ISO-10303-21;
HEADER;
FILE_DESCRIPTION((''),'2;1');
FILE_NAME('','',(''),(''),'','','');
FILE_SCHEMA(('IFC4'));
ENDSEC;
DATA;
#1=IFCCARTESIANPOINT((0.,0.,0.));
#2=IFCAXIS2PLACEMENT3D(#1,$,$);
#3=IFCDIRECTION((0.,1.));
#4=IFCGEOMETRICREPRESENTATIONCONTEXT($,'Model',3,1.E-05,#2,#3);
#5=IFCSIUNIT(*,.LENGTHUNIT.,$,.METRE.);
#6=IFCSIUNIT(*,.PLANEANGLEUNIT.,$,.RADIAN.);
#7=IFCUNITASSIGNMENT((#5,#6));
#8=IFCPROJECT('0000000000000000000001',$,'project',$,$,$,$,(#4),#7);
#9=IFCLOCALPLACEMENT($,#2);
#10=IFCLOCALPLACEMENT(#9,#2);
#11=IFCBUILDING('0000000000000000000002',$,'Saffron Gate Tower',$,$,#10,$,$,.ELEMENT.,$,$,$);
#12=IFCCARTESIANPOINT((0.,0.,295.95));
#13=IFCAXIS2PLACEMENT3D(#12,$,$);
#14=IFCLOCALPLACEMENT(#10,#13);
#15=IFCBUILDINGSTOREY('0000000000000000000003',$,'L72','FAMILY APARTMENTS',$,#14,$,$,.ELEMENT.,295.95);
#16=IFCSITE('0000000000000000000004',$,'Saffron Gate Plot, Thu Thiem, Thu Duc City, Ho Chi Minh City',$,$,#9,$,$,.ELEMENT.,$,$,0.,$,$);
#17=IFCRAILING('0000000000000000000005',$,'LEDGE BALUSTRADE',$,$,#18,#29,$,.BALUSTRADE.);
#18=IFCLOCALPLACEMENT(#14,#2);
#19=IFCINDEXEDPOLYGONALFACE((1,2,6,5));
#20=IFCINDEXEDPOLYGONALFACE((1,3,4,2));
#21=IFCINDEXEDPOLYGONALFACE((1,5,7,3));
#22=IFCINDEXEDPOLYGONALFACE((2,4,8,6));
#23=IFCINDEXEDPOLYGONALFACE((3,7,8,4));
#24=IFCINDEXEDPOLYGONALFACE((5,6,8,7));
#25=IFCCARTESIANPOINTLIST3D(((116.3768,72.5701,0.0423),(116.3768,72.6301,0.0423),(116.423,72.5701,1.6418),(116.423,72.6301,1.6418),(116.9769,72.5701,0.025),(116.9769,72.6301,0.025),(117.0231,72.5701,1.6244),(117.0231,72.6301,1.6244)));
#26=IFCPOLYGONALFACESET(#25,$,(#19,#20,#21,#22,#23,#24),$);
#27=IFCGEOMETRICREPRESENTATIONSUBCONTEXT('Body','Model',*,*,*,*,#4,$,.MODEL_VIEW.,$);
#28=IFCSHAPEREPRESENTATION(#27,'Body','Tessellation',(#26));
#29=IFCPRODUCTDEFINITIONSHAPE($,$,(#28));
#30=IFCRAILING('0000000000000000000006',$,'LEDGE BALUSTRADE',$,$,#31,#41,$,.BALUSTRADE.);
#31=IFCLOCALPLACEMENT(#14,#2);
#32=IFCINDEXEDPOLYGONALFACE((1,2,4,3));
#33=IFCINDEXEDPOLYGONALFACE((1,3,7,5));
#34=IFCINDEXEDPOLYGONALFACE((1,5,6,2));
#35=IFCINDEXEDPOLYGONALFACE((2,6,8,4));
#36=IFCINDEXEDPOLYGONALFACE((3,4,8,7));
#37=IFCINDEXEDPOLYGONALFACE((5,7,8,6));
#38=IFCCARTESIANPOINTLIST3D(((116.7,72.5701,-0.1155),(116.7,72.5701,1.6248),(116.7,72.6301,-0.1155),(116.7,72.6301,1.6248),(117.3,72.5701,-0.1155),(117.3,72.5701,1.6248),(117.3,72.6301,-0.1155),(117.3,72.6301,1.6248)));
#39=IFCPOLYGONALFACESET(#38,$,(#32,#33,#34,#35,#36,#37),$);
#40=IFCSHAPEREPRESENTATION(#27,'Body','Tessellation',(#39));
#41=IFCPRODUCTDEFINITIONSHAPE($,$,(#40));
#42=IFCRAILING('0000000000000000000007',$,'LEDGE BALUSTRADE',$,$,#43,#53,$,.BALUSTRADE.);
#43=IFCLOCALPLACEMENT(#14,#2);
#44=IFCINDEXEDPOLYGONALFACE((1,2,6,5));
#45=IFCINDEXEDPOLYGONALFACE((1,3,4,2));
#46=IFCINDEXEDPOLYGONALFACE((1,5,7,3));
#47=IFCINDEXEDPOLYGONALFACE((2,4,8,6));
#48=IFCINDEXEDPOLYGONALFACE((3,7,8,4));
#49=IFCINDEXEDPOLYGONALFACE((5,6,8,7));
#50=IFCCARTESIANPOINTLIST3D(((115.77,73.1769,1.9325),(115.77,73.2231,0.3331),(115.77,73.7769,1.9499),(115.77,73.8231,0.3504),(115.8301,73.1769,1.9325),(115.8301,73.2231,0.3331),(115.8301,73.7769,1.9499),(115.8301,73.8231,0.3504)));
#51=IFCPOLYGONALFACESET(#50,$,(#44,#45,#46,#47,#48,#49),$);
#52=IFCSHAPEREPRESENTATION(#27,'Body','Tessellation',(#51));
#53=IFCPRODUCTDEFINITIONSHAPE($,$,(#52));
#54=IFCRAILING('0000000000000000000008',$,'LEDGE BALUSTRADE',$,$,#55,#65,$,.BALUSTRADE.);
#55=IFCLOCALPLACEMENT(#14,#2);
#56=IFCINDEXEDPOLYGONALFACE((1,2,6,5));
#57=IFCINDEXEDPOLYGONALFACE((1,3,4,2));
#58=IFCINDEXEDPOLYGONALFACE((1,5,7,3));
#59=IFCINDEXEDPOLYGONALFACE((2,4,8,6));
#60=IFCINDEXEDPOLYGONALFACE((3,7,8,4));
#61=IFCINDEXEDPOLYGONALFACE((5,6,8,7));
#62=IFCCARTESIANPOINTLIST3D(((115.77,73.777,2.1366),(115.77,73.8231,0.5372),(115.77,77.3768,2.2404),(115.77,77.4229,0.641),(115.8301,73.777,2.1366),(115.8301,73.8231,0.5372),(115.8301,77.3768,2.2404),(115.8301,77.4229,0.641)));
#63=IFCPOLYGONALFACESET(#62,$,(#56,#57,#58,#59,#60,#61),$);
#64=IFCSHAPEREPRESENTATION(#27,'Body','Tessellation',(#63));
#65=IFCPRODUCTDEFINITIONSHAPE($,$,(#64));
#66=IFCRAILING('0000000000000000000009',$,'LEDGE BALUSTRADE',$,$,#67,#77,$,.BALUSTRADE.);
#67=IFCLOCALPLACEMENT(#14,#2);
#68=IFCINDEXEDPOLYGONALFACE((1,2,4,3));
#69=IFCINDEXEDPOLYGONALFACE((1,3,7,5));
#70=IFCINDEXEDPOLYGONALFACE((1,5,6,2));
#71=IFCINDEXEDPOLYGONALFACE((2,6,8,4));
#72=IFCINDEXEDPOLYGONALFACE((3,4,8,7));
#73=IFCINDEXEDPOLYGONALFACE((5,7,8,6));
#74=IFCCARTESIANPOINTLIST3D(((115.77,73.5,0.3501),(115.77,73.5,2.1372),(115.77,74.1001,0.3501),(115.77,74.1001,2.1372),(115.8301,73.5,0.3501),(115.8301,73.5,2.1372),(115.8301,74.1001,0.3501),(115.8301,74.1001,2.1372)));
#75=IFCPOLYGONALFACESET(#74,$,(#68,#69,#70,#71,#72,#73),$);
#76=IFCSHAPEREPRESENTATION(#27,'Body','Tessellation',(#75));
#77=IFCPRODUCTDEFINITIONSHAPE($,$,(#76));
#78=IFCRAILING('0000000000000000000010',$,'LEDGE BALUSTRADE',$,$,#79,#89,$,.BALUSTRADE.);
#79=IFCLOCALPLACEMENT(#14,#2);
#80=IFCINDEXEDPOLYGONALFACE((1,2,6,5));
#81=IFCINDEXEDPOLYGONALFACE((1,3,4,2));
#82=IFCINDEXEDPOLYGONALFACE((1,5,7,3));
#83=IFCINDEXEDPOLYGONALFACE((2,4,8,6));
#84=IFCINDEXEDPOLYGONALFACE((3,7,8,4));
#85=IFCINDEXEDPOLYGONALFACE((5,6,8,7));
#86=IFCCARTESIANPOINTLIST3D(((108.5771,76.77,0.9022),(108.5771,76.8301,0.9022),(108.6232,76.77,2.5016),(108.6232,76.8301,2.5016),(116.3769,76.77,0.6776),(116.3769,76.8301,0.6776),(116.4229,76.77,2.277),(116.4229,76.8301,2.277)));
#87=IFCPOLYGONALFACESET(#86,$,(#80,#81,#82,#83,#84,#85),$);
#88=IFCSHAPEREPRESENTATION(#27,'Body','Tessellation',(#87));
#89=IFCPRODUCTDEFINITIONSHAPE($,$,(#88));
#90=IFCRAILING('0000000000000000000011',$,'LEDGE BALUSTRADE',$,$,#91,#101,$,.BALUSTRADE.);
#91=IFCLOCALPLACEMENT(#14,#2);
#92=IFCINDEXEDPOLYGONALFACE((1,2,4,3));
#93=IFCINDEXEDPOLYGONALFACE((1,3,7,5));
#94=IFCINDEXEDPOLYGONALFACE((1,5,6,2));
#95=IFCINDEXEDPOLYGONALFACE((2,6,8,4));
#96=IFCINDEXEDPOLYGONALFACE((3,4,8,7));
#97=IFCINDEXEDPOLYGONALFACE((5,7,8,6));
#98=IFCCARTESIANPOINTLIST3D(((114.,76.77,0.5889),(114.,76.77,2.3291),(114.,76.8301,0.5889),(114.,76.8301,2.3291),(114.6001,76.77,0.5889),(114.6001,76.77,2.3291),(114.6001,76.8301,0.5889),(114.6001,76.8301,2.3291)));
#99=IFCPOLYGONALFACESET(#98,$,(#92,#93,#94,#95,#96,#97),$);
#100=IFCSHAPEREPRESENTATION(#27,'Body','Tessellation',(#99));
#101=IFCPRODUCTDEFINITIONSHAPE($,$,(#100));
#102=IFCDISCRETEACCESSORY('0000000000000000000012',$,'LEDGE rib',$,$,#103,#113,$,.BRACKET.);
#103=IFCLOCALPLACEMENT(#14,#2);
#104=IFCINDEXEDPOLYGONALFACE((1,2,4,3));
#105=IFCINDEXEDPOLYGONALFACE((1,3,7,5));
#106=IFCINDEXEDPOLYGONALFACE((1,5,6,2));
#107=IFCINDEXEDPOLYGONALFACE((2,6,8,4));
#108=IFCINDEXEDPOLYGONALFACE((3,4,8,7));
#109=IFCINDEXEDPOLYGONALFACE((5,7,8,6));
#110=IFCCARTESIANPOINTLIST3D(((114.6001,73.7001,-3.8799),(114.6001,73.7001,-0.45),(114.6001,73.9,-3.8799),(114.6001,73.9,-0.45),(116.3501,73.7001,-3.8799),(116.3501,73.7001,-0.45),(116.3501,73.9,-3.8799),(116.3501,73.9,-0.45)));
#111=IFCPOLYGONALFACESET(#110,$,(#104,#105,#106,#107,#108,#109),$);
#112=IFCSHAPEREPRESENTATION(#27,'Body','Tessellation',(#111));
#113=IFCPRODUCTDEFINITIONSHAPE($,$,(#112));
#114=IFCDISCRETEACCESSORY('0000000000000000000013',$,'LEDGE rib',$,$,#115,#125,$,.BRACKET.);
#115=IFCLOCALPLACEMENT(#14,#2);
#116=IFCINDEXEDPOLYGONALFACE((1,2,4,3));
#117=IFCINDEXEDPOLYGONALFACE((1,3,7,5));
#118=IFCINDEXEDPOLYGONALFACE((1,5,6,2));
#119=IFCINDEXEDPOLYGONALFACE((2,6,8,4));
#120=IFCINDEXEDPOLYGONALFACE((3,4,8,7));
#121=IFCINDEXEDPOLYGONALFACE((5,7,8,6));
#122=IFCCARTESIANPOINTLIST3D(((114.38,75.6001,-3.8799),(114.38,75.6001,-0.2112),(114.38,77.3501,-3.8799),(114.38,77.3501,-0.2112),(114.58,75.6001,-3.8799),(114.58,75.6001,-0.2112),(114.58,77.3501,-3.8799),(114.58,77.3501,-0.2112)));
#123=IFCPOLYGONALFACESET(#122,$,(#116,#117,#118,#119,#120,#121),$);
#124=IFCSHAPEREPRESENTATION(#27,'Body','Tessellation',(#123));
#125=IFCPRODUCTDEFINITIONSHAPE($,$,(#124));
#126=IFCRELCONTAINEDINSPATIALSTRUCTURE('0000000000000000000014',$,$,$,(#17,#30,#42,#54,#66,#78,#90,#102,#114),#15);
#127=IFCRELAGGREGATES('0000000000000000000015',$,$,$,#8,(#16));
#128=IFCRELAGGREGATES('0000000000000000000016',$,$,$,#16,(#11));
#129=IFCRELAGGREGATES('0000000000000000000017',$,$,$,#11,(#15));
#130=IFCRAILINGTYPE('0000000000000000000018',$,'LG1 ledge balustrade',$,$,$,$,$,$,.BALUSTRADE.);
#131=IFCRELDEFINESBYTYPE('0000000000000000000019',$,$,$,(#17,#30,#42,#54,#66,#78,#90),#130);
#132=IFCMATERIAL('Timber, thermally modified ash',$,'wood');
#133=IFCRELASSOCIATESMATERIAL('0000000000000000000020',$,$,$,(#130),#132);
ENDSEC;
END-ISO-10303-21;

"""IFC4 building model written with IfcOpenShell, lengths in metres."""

from ifc_helpers import new_model, si_unit, direction, frame, origin, origin_2d, place, context, subcontext, project, spatial, rectangle, extrude, material, type_object, element, save


model = new_model("IFC4")

# Units and contexts
model_context = context("Model", 3, precision=1e-05, world=origin(), true_north=direction((0.0, 1.0)))
body_context = subcontext(model_context, "Body", "Model", "MODEL_VIEW")
ifc_project = project(units=[si_unit("LENGTHUNIT", "METRE"), si_unit("PLANEANGLEUNIT", "RADIAN")], contexts=[model_context])

# Site, building, storey
site_placement = place(None, origin())
site = spatial("IfcSite", under=ifc_project, at=site_placement, Name="Saffron Gate Plot, Thu Thiem, Thu Duc City, Ho Chi Minh City", CompositionType="ELEMENT", RefElevation=0.0)
building_placement = place(site_placement, origin())
building = spatial("IfcBuilding", under=site, at=building_placement, Name="Saffron Gate Tower", CompositionType="ELEMENT")
storey_placement = place(building_placement, frame((0.0, 0.0, 295.95)))
storey = spatial("IfcBuildingStorey", under=building, at=storey_placement, Name="L72", Description="FAMILY APARTMENTS", CompositionType="ELEMENT", Elevation=295.95)

# Shared definitions
ifc_material_1 = material(Name="Timber, thermally modified ash", Category="wood")

# Railings
railing_type = type_object("IfcRailingType", Name="LG1 ledge balustrade", PredefinedType="BALUSTRADE", material=ifc_material_1)
railing_1_placement = place(storey_placement, frame((117.0, 72.6001, 0.0247)))
element("IfcRailing", 1, at=railing_1_placement, inside=storey, type_object=railing_type, Name="LEDGE BALUSTRADE", PredefinedType="BALUSTRADE", context=body_context, shape_type="SweptSolid", body=[
    extrude(rectangle(XDim=0.0601, YDim=1.6001, at=origin_2d()), frame((0.0, 0.0, 0.8), z_axis=(-0.999583, 0.0, 0.028873), x_axis=(0.0, -1.0, 0.0)), (0.0, 0.0, 1.0), 0.6003),
])
railing_2_placement = place(storey_placement, frame((117.3, 72.6001, -0.1155)))
element("IfcRailing", 2, at=railing_2_placement, inside=storey, type_object=railing_type, Name="LEDGE BALUSTRADE", PredefinedType="BALUSTRADE", context=body_context, shape_type="SweptSolid", body=[
    extrude(rectangle(XDim=0.0601, YDim=1.7402, at=origin_2d()), frame((0.0, 0.0, 0.8701), z_axis=(-1.0, 0.0, 0.0), x_axis=(0.0, -1.0, 0.0)), (0.0, 0.0, 1.0), 0.6001),
])
railing_3_placement = place(storey_placement, frame((115.8, 73.2, 0.3328)))
element("IfcRailing", 3, at=railing_3_placement, inside=storey, type_object=railing_type, Name="LEDGE BALUSTRADE", PredefinedType="BALUSTRADE", context=body_context, shape_type="SweptSolid", body=[
    extrude(rectangle(XDim=0.0601, YDim=1.6001, at=origin_2d()), frame((0.0, 0.0, 0.8), z_axis=(0.0, 0.999583, 0.028873), x_axis=(-1.0, 0.0, 0.0)), (0.0, 0.0, 1.0), 0.6003),
])
railing_4_placement = place(storey_placement, frame((115.8, 73.8, 0.5369)))
element("IfcRailing", 4, at=railing_4_placement, inside=storey, type_object=railing_type, Name="LEDGE BALUSTRADE", PredefinedType="BALUSTRADE", context=body_context, shape_type="SweptSolid", body=[
    extrude(rectangle(XDim=0.0601, YDim=1.6001, at=origin_2d()), frame((0.0, 0.0, 0.8), z_axis=(0.0, 0.999585, 0.028811), x_axis=(-1.0, 0.0, 0.0)), (0.0, 0.0, 1.0), 3.6013),
])
railing_5_placement = place(storey_placement, frame((115.8, 73.5, 0.3501)))
element("IfcRailing", 5, at=railing_5_placement, inside=storey, type_object=railing_type, Name="LEDGE BALUSTRADE", PredefinedType="BALUSTRADE", context=body_context, shape_type="SweptSolid", body=[
    extrude(rectangle(XDim=0.0601, YDim=1.7871, at=origin_2d()), frame((0.0, 0.0, 0.8936), z_axis=(0.0, 1.0, 0.0), x_axis=(-1.0, 0.0, 0.0)), (0.0, 0.0, 1.0), 0.6001),
])
railing_6_placement = place(storey_placement, frame((116.3999, 76.8, 0.6772)))
element("IfcRailing", 6, at=railing_6_placement, inside=storey, type_object=railing_type, Name="LEDGE BALUSTRADE", PredefinedType="BALUSTRADE", context=body_context, shape_type="SweptSolid", body=[
    extrude(rectangle(XDim=0.0601, YDim=1.6001, at=origin_2d()), frame((0.0, 0.0, 0.8), z_axis=(-0.999586, 0.0, 0.028785), x_axis=(0.0, -1.0, 0.0)), (0.0, 0.0, 1.0), 7.803),
])
railing_7_placement = place(storey_placement, frame((114.6001, 76.8, 0.5889)))
element("IfcRailing", 7, at=railing_7_placement, inside=storey, type_object=railing_type, Name="LEDGE BALUSTRADE", PredefinedType="BALUSTRADE", context=body_context, shape_type="SweptSolid", body=[
    extrude(rectangle(XDim=0.0601, YDim=1.7402, at=origin_2d()), frame((0.0, 0.0, 0.8701), z_axis=(-1.0, 0.0, 0.0), x_axis=(0.0, -1.0, 0.0)), (0.0, 0.0, 1.0), 0.6001),
])

# Discrete accessories
discrete_accessory_1_placement = place(storey_placement, frame((115.4751, 73.8, -3.8799), z_axis=(0.0, 0.0, 1.0), x_axis=(0.0, 1.0, 0.0)))
element("IfcDiscreteAccessory", 8, at=discrete_accessory_1_placement, inside=storey, Name="LEDGE rib", PredefinedType="BRACKET", context=body_context, shape_type="SweptSolid", body=[
    extrude(rectangle(XDim=0.2, YDim=1.75, at=origin_2d()), origin(), (0.0, 0.0, 1.0), 3.4299),
])
discrete_accessory_2_placement = place(storey_placement, frame((114.48, 76.4751, -3.8799), z_axis=(0.0, 0.0, 1.0), x_axis=(-1.0, 0.0, 0.0)))
element("IfcDiscreteAccessory", 9, at=discrete_accessory_2_placement, inside=storey, Name="LEDGE rib", PredefinedType="BRACKET", context=body_context, shape_type="SweptSolid", body=[
    extrude(rectangle(XDim=0.2, YDim=1.75, at=origin_2d()), origin(), (0.0, 0.0, 1.0), 3.6687),
])

save(model, "model.ifc")
